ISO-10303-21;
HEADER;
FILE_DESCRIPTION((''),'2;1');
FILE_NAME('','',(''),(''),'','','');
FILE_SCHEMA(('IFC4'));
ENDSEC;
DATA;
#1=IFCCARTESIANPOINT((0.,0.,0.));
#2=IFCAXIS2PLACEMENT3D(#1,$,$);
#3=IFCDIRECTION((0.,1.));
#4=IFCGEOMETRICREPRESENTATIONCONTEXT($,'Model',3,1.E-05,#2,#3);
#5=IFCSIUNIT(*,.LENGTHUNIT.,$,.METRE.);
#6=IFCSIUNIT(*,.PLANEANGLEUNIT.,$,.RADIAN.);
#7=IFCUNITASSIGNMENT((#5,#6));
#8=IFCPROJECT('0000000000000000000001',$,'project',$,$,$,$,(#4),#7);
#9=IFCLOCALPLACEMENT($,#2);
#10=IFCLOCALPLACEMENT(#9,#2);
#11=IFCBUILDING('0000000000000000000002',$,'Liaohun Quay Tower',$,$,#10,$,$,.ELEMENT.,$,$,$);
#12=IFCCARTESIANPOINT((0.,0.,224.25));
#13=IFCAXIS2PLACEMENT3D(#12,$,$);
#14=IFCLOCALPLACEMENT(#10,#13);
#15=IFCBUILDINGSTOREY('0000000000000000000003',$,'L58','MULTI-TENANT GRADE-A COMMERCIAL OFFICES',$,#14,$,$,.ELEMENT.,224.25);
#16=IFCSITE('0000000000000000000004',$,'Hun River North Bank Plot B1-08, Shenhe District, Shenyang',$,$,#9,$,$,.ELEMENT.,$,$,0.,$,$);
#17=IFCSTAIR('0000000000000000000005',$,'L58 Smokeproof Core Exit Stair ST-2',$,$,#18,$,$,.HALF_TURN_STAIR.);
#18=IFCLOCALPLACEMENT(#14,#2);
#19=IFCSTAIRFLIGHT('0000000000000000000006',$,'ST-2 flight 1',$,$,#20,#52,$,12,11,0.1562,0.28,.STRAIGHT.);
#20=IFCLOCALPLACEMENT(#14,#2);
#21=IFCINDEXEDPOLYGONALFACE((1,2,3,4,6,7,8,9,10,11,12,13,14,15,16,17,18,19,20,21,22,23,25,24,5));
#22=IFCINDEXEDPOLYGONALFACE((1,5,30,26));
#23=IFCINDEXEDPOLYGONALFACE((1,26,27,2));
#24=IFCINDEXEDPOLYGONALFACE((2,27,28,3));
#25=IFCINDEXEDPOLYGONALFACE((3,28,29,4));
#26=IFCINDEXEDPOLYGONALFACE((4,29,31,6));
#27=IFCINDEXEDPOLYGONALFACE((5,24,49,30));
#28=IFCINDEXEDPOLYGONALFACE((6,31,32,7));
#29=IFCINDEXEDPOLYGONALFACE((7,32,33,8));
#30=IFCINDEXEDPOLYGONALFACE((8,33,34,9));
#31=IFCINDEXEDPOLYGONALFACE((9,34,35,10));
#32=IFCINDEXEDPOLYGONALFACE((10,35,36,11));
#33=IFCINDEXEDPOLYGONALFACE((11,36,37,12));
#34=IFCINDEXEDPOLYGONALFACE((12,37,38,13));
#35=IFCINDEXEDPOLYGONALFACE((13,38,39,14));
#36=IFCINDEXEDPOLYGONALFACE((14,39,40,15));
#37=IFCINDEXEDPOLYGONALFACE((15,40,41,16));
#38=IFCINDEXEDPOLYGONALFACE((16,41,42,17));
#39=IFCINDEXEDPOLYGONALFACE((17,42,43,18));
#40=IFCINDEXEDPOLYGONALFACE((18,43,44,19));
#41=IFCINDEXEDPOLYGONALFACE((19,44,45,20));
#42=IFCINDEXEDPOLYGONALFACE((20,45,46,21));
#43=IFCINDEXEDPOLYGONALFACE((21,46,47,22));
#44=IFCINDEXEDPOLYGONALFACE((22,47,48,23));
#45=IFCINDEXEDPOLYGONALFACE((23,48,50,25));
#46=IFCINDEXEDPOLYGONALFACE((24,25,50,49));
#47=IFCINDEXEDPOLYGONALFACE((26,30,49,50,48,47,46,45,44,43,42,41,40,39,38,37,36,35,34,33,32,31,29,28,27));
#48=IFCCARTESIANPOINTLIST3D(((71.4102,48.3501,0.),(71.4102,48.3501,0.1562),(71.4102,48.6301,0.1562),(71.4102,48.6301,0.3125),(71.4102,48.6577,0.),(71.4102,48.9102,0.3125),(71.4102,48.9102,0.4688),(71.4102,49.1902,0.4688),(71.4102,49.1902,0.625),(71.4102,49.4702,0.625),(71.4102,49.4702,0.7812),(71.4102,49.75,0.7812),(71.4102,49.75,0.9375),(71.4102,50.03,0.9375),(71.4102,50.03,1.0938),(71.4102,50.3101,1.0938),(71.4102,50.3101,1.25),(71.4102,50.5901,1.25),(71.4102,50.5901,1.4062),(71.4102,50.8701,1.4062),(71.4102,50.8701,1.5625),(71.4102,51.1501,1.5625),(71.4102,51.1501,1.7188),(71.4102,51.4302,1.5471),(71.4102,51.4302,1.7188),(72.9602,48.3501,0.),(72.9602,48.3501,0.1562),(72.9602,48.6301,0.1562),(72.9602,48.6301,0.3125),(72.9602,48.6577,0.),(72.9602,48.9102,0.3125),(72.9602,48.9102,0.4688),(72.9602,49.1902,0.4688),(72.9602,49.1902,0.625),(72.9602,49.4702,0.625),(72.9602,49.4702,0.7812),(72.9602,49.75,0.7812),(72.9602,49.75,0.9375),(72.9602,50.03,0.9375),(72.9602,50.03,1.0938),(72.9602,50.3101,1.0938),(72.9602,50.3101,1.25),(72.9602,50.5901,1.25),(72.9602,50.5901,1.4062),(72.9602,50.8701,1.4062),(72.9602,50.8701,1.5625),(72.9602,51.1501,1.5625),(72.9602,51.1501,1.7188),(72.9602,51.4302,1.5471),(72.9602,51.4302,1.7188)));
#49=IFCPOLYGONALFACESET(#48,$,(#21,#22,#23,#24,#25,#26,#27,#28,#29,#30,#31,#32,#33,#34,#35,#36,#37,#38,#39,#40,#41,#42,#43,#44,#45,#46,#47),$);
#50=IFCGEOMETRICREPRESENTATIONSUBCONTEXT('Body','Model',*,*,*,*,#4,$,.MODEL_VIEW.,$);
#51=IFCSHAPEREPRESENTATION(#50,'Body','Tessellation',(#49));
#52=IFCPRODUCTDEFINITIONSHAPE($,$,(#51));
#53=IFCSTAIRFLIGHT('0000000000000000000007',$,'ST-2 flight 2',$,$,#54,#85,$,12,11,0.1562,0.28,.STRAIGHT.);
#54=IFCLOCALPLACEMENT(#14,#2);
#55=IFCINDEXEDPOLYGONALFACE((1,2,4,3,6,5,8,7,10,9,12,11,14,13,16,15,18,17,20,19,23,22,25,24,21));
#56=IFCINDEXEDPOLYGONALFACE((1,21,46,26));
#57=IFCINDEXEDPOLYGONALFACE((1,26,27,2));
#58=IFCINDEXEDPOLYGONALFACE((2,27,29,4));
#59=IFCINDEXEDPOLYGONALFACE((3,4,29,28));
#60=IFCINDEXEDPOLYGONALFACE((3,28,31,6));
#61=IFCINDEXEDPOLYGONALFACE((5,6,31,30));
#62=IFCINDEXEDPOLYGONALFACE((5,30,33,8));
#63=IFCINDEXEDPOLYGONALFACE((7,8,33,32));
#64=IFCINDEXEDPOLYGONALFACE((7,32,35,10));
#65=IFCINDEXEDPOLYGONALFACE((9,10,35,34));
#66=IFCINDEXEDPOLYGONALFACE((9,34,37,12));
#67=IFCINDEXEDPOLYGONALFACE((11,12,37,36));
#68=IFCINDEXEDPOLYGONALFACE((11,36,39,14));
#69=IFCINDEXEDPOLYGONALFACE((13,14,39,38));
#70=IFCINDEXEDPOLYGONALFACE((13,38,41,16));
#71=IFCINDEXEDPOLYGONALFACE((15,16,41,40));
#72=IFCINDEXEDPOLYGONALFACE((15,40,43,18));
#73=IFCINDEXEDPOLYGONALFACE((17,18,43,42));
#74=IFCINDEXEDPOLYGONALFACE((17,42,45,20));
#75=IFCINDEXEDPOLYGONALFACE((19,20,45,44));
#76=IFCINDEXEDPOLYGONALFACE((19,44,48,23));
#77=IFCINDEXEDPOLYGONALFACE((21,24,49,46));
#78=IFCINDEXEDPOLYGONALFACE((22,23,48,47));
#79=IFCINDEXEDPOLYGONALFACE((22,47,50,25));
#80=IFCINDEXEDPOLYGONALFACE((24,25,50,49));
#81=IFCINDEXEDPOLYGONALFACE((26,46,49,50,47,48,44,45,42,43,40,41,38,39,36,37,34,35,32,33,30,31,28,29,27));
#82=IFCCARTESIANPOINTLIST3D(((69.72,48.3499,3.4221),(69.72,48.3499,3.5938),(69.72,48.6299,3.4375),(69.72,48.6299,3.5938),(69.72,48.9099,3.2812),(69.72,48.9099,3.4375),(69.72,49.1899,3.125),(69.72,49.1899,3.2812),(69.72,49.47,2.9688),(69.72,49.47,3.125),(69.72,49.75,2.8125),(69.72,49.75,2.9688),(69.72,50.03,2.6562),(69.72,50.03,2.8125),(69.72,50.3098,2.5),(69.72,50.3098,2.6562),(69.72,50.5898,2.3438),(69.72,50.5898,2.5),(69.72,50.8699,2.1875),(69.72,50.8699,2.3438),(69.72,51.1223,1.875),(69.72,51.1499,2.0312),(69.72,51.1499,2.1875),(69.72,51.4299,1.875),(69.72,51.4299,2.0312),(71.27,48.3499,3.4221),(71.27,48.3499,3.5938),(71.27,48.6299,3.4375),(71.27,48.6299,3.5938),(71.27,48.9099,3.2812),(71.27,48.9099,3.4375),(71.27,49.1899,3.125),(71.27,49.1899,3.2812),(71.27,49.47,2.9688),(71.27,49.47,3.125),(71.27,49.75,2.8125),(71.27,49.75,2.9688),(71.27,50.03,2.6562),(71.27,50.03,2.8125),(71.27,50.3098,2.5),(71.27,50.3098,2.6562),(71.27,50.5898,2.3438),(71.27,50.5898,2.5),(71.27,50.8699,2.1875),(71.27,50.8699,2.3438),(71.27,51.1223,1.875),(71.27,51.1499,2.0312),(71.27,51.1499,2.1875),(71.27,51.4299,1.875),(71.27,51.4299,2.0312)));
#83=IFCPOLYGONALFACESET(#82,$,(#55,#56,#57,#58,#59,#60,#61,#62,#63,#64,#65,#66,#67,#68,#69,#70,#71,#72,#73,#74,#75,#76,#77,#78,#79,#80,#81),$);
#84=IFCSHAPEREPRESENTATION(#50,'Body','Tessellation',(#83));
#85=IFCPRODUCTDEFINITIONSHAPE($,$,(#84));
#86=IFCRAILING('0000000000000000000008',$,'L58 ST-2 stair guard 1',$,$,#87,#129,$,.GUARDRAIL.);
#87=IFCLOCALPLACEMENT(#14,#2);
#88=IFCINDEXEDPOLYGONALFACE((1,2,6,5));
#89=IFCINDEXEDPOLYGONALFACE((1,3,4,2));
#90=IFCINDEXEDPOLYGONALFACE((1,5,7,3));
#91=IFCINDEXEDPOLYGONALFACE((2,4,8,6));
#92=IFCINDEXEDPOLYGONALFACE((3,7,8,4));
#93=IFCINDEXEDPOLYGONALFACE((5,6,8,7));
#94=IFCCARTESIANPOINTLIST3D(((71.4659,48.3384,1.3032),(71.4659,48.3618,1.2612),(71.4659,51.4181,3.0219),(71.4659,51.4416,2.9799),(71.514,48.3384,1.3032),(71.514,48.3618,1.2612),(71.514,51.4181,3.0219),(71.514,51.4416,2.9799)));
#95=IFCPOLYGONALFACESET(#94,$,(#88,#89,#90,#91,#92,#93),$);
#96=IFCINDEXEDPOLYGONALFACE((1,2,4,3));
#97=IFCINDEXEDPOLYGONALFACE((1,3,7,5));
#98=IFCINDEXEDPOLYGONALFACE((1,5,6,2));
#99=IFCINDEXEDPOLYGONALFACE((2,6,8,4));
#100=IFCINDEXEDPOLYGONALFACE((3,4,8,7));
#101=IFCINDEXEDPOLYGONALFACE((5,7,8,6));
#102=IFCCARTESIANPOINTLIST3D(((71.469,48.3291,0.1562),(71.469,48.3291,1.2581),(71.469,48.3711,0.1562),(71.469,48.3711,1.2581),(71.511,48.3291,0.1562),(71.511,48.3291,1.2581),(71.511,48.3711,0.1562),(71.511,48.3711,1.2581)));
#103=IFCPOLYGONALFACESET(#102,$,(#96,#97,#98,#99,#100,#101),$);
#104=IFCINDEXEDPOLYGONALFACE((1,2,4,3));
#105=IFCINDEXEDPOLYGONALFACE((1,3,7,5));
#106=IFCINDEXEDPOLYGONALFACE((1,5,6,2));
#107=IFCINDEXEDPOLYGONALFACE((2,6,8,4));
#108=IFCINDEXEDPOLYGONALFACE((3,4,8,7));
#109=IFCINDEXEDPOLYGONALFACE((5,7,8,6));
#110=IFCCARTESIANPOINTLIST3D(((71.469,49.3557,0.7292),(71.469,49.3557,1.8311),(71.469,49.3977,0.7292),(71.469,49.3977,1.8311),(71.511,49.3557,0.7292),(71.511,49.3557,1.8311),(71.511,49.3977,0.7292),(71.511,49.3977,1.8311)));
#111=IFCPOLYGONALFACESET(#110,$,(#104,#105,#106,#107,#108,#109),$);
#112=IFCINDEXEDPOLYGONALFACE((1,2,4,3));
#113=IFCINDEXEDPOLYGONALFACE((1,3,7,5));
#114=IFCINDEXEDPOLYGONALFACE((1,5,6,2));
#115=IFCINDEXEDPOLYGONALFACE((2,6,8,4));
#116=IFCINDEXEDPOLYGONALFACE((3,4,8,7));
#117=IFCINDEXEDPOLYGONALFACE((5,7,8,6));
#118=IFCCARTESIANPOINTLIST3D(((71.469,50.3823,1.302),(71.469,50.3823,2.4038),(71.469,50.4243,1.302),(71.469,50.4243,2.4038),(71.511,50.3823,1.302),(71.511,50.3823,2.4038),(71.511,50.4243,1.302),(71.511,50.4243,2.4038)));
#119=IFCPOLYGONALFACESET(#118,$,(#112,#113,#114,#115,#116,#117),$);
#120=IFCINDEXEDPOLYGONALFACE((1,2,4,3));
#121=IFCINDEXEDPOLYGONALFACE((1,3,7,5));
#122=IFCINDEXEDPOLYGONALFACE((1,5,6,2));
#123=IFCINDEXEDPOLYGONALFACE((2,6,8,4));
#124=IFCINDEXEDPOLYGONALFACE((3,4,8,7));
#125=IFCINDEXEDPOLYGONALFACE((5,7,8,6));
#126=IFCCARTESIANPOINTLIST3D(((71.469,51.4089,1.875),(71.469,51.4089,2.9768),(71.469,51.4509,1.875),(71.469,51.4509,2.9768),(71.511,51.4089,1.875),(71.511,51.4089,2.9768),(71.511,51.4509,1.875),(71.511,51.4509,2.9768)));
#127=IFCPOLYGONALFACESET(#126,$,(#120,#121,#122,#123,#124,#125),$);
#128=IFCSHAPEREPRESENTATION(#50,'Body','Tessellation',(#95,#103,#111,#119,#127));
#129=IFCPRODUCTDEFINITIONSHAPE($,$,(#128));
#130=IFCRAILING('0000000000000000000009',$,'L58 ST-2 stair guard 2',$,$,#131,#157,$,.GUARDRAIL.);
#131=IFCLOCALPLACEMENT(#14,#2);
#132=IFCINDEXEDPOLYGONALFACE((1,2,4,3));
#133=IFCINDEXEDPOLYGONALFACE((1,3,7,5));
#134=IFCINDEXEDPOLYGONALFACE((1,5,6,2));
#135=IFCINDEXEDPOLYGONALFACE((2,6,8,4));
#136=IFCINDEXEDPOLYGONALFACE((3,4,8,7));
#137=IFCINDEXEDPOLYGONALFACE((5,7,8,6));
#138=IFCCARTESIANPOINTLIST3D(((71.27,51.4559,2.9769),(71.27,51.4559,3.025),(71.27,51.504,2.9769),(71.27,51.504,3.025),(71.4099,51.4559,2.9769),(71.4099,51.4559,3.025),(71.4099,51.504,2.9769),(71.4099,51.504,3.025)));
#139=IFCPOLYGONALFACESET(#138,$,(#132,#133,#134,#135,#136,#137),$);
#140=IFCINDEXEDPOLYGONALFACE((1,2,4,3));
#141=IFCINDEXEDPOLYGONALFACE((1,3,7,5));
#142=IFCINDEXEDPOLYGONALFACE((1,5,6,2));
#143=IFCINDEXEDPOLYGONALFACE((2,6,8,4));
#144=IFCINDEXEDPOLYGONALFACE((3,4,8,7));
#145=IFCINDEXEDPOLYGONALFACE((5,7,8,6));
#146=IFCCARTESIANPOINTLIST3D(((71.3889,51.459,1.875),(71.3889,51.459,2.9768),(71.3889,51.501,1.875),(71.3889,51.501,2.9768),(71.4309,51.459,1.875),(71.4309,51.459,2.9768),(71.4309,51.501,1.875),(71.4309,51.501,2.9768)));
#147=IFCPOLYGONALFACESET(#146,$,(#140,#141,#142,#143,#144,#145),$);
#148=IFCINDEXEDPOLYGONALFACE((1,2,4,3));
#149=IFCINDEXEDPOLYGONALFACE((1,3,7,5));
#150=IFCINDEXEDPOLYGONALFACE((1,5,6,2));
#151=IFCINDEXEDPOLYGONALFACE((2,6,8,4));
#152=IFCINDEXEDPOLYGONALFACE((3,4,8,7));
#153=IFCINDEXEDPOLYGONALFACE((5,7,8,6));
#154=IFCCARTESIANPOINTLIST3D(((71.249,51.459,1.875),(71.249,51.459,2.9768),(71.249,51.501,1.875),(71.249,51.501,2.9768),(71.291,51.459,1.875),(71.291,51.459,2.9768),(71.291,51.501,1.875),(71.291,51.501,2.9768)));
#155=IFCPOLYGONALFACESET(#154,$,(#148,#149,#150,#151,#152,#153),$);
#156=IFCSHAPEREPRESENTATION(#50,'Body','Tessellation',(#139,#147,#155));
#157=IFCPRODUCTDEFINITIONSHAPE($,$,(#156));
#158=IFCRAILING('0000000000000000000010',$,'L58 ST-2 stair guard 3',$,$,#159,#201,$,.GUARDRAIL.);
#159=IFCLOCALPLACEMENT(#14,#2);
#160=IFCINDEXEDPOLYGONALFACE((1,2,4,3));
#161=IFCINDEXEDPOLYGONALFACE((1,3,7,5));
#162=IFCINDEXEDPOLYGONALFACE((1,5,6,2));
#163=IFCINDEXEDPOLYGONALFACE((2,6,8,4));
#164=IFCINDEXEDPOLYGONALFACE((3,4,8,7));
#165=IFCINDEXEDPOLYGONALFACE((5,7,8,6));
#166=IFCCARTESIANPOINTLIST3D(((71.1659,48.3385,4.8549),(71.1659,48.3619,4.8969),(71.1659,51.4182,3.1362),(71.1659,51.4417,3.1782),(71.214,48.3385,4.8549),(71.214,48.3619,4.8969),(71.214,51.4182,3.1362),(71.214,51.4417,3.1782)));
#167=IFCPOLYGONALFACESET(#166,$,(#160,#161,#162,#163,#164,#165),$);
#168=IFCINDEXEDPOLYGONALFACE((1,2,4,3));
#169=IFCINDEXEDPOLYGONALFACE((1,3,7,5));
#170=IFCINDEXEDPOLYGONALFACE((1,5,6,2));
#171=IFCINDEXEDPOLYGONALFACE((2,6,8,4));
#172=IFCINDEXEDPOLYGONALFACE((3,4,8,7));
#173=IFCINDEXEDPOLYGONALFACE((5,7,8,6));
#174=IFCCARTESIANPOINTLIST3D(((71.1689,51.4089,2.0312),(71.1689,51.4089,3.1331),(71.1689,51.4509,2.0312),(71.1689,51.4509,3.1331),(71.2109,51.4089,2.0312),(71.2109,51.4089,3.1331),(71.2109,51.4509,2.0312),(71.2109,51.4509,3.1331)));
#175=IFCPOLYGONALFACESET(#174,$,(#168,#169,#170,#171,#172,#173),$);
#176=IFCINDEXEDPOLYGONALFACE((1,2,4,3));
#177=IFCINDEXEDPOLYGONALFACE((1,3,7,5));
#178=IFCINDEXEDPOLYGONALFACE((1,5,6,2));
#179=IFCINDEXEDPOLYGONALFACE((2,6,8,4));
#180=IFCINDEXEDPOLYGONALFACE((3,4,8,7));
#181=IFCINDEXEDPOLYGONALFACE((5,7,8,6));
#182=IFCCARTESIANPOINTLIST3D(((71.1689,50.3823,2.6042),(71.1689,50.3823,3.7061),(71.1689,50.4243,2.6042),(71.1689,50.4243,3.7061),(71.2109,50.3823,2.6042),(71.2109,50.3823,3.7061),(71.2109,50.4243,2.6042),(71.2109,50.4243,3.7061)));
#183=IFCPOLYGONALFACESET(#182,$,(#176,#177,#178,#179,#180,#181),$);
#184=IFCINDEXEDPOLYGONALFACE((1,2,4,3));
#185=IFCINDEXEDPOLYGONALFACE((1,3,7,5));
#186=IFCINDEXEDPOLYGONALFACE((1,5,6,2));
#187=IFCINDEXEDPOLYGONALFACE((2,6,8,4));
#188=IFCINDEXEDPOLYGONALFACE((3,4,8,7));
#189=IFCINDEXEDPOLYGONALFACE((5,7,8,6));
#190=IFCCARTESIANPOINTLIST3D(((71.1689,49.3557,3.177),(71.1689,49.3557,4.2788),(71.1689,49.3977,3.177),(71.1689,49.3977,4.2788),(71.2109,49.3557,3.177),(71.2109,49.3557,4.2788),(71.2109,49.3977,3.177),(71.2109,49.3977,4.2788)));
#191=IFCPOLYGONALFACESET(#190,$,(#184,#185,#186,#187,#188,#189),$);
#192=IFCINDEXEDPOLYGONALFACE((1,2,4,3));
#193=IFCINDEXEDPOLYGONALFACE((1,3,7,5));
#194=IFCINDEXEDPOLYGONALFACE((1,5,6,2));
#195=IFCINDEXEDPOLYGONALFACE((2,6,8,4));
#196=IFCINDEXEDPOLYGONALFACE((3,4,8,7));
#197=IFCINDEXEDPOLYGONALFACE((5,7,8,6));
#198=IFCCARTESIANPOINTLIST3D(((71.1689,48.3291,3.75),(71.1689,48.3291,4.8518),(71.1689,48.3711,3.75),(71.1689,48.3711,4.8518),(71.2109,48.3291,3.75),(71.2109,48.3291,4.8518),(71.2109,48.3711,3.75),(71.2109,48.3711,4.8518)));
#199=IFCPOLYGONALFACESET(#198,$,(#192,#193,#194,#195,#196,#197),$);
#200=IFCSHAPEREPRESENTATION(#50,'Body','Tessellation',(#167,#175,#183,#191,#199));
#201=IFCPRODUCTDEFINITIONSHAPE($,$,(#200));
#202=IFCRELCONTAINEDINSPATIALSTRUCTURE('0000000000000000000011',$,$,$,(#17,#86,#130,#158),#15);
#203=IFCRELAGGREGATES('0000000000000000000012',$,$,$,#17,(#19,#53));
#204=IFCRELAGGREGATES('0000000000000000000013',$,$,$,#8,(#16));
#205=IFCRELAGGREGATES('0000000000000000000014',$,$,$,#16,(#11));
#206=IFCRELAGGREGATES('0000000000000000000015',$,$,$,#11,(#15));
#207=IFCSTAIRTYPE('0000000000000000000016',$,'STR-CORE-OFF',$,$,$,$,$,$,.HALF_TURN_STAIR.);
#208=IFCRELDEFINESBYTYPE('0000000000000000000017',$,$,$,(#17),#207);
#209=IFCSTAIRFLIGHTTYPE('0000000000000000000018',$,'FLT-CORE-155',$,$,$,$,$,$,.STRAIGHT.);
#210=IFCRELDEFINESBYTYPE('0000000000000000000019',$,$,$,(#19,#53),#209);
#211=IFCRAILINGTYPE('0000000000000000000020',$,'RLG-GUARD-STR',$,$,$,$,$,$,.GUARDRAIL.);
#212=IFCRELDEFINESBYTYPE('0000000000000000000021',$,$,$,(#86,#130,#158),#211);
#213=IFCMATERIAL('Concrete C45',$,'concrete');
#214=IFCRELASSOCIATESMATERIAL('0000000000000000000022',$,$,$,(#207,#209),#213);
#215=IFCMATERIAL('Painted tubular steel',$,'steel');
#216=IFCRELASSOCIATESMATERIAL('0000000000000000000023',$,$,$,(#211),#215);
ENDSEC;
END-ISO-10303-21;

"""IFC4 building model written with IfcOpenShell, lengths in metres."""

from ifc_helpers import new_model, si_unit, direction, frame, origin, origin_2d, place, context, subcontext, project, spatial, polyline, rectangle, outline, extrude, material, type_object, element, aggregate, save


model = new_model("IFC4")

# Units and contexts
model_context = context("Model", 3, precision=1e-05, world=origin(), true_north=direction((0.0, 1.0)))
body_context = subcontext(model_context, "Body", "Model", "MODEL_VIEW")
ifc_project = project(units=[si_unit("LENGTHUNIT", "METRE"), si_unit("PLANEANGLEUNIT", "RADIAN")], contexts=[model_context])

# Site, building, storey
site_placement = place(None, origin())
site = spatial("IfcSite", under=ifc_project, at=site_placement, Name="Hun River North Bank Plot B1-08, Shenhe District, Shenyang", CompositionType="ELEMENT", RefElevation=0.0)
building_placement = place(site_placement, origin())
building = spatial("IfcBuilding", under=site, at=building_placement, Name="Liaohun Quay Tower", CompositionType="ELEMENT")
storey_placement = place(building_placement, frame((0.0, 0.0, 224.25)))
storey = spatial("IfcBuildingStorey", under=building, at=storey_placement, Name="L58", Description="MULTI-TENANT GRADE-A COMMERCIAL OFFICES", CompositionType="ELEMENT", Elevation=224.25)

# Stair, stair flights
ifc_material_1 = material(Name="Concrete C45", Category="concrete")
stair_type = type_object("IfcStairType", Name="STR-CORE-OFF", PredefinedType="HALF_TURN_STAIR", material=ifc_material_1)
stair_placement = place(storey_placement, origin())
stair = element("IfcStair", 1, at=stair_placement, inside=storey, type_object=stair_type, Name="L58 Smokeproof Core Exit Stair ST-2", PredefinedType="HALF_TURN_STAIR")
stair_flight_type = type_object("IfcStairFlightType", Name="FLT-CORE-155", PredefinedType="STRAIGHT", material=ifc_material_1)
stair_flight_1_placement = place(storey_placement, frame((72.1851, 48.3501, 0.0), z_axis=(0.0, 0.0, 1.0), x_axis=(0.0, 1.0, 0.0)))
stair_flight_1 = element("IfcStairFlight", 2, at=stair_flight_1_placement, type_object=stair_flight_type, Name="ST-2 flight 1", NumberOfRisers=12, NumberOfTreads=11, PredefinedType="STRAIGHT", RiserHeight=0.1562, TreadLength=0.28, context=body_context, shape_type="SweptSolid", body=[
    extrude(outline(polyline([(0.0, 0.0), (0.0, 0.1562), (0.28, 0.1562), (0.28, 0.3125), (0.5601, 0.3125), (0.5601, 0.4688), (0.8401, 0.4688), (0.8401, 0.625), (1.1201, 0.625), (1.1201, 0.7812), (1.3999, 0.7812), (1.3999, 0.9375), (1.6799, 0.9375), (1.6799, 1.0938), (1.96, 1.0938), (1.96, 1.25), (2.24, 1.25), (2.24, 1.4062), (2.52, 1.4062), (2.52, 1.5625), (2.8, 1.5625), (2.8, 1.7188), (3.0801, 1.7188), (3.0801, 1.875), (3.0801, 1.5471), (0.3076, 0.0), (0.0, 0.0)])), frame((0.0, 0.7749, 0.0), z_axis=(0.0, -1.0, 0.0), x_axis=(1.0, 0.0, 0.0)), (0.0, 0.0, 1.0), 1.55),
])
stair_flight_2_placement = place(storey_placement, frame((70.4951, 51.4299, 1.875), z_axis=(0.0, 0.0, 1.0), x_axis=(0.0, -1.0, 0.0)))
stair_flight_2 = element("IfcStairFlight", 3, at=stair_flight_2_placement, type_object=stair_flight_type, Name="ST-2 flight 2", NumberOfRisers=12, NumberOfTreads=11, PredefinedType="STRAIGHT", RiserHeight=0.1562, TreadLength=0.28, context=body_context, shape_type="SweptSolid", body=[
    extrude(outline(polyline([(0.0, 0.0), (0.0, 0.1562), (0.28, 0.1562), (0.28, 0.3125), (0.5601, 0.3125), (0.5601, 0.4688), (0.8401, 0.4688), (0.8401, 0.625), (1.1201, 0.625), (1.1201, 0.7812), (1.3999, 0.7812), (1.3999, 0.9375), (1.6799, 0.9375), (1.6799, 1.0938), (1.96, 1.0938), (1.96, 1.25), (2.24, 1.25), (2.24, 1.4062), (2.52, 1.4062), (2.52, 1.5625), (2.8, 1.5625), (2.8, 1.7188), (3.0801, 1.7188), (3.0801, 1.875), (3.0801, 1.5471), (0.3076, 0.0), (0.0, 0.0)])), frame((0.0, 0.7749, 0.0), z_axis=(0.0, -1.0, 0.0), x_axis=(1.0, 0.0, 0.0)), (0.0, 0.0, 1.0), 1.55),
])
aggregate(stair, [stair_flight_1, stair_flight_2])

# Railings
ifc_material_2 = material(Name="Painted tubular steel", Category="steel")
railing_type_1 = type_object("IfcRailingType", Name="RLG-GUARD-STR", PredefinedType="GUARDRAIL", material=ifc_material_2)
railing_1_placement = place(storey_placement, frame((71.49, 48.3501, 0.1562)))
element("IfcRailing", 4, at=railing_1_placement, inside=storey, type_object=railing_type_1, Name="L58 ST-2 stair guard 1", PredefinedType="GUARDRAIL", context=body_context, shape_type="SweptSolid", body=[
    extrude(rectangle(XDim=0.0481, YDim=0.0481, at=origin_2d()), frame((0.0, 0.0, 1.126), z_axis=(0.0, 0.873225, 0.487317), x_axis=(-1.0, 0.0, 0.0)), (0.0, 0.0, 1.0), 3.5269),
    extrude(rectangle(XDim=0.042, YDim=0.042, at=origin_2d()), origin(), (0.0, 0.0, 1.0), 1.1018),
    extrude(rectangle(XDim=0.042, YDim=0.042, at=origin_2d()), frame((0.0, 1.0266, 0.573)), (0.0, 0.0, 1.0), 1.1018),
    extrude(rectangle(XDim=0.042, YDim=0.042, at=origin_2d()), frame((0.0, 2.0532, 1.1458)), (0.0, 0.0, 1.0), 1.1018),
    extrude(rectangle(XDim=0.042, YDim=0.042, at=origin_2d()), frame((0.0, 3.0798, 1.7188)), (0.0, 0.0, 1.0), 1.1018),
])
railing_2_placement = place(storey_placement, frame((71.4099, 51.48, 1.875)))
element("IfcRailing", 5, at=railing_2_placement, inside=storey, type_object=railing_type_1, Name="L58 ST-2 stair guard 2", PredefinedType="GUARDRAIL", context=body_context, shape_type="SweptSolid", body=[
    extrude(rectangle(XDim=0.0481, YDim=0.0481, at=origin_2d()), frame((0.0, 0.0, 1.126), z_axis=(-1.0, 0.0, 0.0), x_axis=(0.0, -1.0, 0.0)), (0.0, 0.0, 1.0), 0.1399),
    extrude(rectangle(XDim=0.042, YDim=0.042, at=origin_2d()), origin(), (0.0, 0.0, 1.0), 1.1018),
    extrude(rectangle(XDim=0.042, YDim=0.042, at=origin_2d()), frame((-0.1399, 0.0, 0.0)), (0.0, 0.0, 1.0), 1.1018),
])
railing_3_placement = place(storey_placement, frame((71.1899, 51.4299, 2.0312)))
element("IfcRailing", 6, at=railing_3_placement, inside=storey, type_object=railing_type_1, Name="L58 ST-2 stair guard 3", PredefinedType="GUARDRAIL", context=body_context, shape_type="SweptSolid", body=[
    extrude(rectangle(XDim=0.0481, YDim=0.0481, at=origin_2d()), frame((0.0, 0.0, 1.126), z_axis=(0.0, -0.873225, 0.487317), x_axis=(1.0, 0.0, 0.0)), (0.0, 0.0, 1.0), 3.5269),
    extrude(rectangle(XDim=0.042, YDim=0.042, at=origin_2d()), origin(), (0.0, 0.0, 1.0), 1.1018),
    extrude(rectangle(XDim=0.042, YDim=0.042, at=origin_2d()), frame((0.0, -1.0266, 0.573)), (0.0, 0.0, 1.0), 1.1018),
    extrude(rectangle(XDim=0.042, YDim=0.042, at=origin_2d()), frame((0.0, -2.0532, 1.1458)), (0.0, 0.0, 1.0), 1.1018),
    extrude(rectangle(XDim=0.042, YDim=0.042, at=origin_2d()), frame((0.0, -3.0798, 1.7188)), (0.0, 0.0, 1.0), 1.1018),
])

save(model, "model.ifc")
